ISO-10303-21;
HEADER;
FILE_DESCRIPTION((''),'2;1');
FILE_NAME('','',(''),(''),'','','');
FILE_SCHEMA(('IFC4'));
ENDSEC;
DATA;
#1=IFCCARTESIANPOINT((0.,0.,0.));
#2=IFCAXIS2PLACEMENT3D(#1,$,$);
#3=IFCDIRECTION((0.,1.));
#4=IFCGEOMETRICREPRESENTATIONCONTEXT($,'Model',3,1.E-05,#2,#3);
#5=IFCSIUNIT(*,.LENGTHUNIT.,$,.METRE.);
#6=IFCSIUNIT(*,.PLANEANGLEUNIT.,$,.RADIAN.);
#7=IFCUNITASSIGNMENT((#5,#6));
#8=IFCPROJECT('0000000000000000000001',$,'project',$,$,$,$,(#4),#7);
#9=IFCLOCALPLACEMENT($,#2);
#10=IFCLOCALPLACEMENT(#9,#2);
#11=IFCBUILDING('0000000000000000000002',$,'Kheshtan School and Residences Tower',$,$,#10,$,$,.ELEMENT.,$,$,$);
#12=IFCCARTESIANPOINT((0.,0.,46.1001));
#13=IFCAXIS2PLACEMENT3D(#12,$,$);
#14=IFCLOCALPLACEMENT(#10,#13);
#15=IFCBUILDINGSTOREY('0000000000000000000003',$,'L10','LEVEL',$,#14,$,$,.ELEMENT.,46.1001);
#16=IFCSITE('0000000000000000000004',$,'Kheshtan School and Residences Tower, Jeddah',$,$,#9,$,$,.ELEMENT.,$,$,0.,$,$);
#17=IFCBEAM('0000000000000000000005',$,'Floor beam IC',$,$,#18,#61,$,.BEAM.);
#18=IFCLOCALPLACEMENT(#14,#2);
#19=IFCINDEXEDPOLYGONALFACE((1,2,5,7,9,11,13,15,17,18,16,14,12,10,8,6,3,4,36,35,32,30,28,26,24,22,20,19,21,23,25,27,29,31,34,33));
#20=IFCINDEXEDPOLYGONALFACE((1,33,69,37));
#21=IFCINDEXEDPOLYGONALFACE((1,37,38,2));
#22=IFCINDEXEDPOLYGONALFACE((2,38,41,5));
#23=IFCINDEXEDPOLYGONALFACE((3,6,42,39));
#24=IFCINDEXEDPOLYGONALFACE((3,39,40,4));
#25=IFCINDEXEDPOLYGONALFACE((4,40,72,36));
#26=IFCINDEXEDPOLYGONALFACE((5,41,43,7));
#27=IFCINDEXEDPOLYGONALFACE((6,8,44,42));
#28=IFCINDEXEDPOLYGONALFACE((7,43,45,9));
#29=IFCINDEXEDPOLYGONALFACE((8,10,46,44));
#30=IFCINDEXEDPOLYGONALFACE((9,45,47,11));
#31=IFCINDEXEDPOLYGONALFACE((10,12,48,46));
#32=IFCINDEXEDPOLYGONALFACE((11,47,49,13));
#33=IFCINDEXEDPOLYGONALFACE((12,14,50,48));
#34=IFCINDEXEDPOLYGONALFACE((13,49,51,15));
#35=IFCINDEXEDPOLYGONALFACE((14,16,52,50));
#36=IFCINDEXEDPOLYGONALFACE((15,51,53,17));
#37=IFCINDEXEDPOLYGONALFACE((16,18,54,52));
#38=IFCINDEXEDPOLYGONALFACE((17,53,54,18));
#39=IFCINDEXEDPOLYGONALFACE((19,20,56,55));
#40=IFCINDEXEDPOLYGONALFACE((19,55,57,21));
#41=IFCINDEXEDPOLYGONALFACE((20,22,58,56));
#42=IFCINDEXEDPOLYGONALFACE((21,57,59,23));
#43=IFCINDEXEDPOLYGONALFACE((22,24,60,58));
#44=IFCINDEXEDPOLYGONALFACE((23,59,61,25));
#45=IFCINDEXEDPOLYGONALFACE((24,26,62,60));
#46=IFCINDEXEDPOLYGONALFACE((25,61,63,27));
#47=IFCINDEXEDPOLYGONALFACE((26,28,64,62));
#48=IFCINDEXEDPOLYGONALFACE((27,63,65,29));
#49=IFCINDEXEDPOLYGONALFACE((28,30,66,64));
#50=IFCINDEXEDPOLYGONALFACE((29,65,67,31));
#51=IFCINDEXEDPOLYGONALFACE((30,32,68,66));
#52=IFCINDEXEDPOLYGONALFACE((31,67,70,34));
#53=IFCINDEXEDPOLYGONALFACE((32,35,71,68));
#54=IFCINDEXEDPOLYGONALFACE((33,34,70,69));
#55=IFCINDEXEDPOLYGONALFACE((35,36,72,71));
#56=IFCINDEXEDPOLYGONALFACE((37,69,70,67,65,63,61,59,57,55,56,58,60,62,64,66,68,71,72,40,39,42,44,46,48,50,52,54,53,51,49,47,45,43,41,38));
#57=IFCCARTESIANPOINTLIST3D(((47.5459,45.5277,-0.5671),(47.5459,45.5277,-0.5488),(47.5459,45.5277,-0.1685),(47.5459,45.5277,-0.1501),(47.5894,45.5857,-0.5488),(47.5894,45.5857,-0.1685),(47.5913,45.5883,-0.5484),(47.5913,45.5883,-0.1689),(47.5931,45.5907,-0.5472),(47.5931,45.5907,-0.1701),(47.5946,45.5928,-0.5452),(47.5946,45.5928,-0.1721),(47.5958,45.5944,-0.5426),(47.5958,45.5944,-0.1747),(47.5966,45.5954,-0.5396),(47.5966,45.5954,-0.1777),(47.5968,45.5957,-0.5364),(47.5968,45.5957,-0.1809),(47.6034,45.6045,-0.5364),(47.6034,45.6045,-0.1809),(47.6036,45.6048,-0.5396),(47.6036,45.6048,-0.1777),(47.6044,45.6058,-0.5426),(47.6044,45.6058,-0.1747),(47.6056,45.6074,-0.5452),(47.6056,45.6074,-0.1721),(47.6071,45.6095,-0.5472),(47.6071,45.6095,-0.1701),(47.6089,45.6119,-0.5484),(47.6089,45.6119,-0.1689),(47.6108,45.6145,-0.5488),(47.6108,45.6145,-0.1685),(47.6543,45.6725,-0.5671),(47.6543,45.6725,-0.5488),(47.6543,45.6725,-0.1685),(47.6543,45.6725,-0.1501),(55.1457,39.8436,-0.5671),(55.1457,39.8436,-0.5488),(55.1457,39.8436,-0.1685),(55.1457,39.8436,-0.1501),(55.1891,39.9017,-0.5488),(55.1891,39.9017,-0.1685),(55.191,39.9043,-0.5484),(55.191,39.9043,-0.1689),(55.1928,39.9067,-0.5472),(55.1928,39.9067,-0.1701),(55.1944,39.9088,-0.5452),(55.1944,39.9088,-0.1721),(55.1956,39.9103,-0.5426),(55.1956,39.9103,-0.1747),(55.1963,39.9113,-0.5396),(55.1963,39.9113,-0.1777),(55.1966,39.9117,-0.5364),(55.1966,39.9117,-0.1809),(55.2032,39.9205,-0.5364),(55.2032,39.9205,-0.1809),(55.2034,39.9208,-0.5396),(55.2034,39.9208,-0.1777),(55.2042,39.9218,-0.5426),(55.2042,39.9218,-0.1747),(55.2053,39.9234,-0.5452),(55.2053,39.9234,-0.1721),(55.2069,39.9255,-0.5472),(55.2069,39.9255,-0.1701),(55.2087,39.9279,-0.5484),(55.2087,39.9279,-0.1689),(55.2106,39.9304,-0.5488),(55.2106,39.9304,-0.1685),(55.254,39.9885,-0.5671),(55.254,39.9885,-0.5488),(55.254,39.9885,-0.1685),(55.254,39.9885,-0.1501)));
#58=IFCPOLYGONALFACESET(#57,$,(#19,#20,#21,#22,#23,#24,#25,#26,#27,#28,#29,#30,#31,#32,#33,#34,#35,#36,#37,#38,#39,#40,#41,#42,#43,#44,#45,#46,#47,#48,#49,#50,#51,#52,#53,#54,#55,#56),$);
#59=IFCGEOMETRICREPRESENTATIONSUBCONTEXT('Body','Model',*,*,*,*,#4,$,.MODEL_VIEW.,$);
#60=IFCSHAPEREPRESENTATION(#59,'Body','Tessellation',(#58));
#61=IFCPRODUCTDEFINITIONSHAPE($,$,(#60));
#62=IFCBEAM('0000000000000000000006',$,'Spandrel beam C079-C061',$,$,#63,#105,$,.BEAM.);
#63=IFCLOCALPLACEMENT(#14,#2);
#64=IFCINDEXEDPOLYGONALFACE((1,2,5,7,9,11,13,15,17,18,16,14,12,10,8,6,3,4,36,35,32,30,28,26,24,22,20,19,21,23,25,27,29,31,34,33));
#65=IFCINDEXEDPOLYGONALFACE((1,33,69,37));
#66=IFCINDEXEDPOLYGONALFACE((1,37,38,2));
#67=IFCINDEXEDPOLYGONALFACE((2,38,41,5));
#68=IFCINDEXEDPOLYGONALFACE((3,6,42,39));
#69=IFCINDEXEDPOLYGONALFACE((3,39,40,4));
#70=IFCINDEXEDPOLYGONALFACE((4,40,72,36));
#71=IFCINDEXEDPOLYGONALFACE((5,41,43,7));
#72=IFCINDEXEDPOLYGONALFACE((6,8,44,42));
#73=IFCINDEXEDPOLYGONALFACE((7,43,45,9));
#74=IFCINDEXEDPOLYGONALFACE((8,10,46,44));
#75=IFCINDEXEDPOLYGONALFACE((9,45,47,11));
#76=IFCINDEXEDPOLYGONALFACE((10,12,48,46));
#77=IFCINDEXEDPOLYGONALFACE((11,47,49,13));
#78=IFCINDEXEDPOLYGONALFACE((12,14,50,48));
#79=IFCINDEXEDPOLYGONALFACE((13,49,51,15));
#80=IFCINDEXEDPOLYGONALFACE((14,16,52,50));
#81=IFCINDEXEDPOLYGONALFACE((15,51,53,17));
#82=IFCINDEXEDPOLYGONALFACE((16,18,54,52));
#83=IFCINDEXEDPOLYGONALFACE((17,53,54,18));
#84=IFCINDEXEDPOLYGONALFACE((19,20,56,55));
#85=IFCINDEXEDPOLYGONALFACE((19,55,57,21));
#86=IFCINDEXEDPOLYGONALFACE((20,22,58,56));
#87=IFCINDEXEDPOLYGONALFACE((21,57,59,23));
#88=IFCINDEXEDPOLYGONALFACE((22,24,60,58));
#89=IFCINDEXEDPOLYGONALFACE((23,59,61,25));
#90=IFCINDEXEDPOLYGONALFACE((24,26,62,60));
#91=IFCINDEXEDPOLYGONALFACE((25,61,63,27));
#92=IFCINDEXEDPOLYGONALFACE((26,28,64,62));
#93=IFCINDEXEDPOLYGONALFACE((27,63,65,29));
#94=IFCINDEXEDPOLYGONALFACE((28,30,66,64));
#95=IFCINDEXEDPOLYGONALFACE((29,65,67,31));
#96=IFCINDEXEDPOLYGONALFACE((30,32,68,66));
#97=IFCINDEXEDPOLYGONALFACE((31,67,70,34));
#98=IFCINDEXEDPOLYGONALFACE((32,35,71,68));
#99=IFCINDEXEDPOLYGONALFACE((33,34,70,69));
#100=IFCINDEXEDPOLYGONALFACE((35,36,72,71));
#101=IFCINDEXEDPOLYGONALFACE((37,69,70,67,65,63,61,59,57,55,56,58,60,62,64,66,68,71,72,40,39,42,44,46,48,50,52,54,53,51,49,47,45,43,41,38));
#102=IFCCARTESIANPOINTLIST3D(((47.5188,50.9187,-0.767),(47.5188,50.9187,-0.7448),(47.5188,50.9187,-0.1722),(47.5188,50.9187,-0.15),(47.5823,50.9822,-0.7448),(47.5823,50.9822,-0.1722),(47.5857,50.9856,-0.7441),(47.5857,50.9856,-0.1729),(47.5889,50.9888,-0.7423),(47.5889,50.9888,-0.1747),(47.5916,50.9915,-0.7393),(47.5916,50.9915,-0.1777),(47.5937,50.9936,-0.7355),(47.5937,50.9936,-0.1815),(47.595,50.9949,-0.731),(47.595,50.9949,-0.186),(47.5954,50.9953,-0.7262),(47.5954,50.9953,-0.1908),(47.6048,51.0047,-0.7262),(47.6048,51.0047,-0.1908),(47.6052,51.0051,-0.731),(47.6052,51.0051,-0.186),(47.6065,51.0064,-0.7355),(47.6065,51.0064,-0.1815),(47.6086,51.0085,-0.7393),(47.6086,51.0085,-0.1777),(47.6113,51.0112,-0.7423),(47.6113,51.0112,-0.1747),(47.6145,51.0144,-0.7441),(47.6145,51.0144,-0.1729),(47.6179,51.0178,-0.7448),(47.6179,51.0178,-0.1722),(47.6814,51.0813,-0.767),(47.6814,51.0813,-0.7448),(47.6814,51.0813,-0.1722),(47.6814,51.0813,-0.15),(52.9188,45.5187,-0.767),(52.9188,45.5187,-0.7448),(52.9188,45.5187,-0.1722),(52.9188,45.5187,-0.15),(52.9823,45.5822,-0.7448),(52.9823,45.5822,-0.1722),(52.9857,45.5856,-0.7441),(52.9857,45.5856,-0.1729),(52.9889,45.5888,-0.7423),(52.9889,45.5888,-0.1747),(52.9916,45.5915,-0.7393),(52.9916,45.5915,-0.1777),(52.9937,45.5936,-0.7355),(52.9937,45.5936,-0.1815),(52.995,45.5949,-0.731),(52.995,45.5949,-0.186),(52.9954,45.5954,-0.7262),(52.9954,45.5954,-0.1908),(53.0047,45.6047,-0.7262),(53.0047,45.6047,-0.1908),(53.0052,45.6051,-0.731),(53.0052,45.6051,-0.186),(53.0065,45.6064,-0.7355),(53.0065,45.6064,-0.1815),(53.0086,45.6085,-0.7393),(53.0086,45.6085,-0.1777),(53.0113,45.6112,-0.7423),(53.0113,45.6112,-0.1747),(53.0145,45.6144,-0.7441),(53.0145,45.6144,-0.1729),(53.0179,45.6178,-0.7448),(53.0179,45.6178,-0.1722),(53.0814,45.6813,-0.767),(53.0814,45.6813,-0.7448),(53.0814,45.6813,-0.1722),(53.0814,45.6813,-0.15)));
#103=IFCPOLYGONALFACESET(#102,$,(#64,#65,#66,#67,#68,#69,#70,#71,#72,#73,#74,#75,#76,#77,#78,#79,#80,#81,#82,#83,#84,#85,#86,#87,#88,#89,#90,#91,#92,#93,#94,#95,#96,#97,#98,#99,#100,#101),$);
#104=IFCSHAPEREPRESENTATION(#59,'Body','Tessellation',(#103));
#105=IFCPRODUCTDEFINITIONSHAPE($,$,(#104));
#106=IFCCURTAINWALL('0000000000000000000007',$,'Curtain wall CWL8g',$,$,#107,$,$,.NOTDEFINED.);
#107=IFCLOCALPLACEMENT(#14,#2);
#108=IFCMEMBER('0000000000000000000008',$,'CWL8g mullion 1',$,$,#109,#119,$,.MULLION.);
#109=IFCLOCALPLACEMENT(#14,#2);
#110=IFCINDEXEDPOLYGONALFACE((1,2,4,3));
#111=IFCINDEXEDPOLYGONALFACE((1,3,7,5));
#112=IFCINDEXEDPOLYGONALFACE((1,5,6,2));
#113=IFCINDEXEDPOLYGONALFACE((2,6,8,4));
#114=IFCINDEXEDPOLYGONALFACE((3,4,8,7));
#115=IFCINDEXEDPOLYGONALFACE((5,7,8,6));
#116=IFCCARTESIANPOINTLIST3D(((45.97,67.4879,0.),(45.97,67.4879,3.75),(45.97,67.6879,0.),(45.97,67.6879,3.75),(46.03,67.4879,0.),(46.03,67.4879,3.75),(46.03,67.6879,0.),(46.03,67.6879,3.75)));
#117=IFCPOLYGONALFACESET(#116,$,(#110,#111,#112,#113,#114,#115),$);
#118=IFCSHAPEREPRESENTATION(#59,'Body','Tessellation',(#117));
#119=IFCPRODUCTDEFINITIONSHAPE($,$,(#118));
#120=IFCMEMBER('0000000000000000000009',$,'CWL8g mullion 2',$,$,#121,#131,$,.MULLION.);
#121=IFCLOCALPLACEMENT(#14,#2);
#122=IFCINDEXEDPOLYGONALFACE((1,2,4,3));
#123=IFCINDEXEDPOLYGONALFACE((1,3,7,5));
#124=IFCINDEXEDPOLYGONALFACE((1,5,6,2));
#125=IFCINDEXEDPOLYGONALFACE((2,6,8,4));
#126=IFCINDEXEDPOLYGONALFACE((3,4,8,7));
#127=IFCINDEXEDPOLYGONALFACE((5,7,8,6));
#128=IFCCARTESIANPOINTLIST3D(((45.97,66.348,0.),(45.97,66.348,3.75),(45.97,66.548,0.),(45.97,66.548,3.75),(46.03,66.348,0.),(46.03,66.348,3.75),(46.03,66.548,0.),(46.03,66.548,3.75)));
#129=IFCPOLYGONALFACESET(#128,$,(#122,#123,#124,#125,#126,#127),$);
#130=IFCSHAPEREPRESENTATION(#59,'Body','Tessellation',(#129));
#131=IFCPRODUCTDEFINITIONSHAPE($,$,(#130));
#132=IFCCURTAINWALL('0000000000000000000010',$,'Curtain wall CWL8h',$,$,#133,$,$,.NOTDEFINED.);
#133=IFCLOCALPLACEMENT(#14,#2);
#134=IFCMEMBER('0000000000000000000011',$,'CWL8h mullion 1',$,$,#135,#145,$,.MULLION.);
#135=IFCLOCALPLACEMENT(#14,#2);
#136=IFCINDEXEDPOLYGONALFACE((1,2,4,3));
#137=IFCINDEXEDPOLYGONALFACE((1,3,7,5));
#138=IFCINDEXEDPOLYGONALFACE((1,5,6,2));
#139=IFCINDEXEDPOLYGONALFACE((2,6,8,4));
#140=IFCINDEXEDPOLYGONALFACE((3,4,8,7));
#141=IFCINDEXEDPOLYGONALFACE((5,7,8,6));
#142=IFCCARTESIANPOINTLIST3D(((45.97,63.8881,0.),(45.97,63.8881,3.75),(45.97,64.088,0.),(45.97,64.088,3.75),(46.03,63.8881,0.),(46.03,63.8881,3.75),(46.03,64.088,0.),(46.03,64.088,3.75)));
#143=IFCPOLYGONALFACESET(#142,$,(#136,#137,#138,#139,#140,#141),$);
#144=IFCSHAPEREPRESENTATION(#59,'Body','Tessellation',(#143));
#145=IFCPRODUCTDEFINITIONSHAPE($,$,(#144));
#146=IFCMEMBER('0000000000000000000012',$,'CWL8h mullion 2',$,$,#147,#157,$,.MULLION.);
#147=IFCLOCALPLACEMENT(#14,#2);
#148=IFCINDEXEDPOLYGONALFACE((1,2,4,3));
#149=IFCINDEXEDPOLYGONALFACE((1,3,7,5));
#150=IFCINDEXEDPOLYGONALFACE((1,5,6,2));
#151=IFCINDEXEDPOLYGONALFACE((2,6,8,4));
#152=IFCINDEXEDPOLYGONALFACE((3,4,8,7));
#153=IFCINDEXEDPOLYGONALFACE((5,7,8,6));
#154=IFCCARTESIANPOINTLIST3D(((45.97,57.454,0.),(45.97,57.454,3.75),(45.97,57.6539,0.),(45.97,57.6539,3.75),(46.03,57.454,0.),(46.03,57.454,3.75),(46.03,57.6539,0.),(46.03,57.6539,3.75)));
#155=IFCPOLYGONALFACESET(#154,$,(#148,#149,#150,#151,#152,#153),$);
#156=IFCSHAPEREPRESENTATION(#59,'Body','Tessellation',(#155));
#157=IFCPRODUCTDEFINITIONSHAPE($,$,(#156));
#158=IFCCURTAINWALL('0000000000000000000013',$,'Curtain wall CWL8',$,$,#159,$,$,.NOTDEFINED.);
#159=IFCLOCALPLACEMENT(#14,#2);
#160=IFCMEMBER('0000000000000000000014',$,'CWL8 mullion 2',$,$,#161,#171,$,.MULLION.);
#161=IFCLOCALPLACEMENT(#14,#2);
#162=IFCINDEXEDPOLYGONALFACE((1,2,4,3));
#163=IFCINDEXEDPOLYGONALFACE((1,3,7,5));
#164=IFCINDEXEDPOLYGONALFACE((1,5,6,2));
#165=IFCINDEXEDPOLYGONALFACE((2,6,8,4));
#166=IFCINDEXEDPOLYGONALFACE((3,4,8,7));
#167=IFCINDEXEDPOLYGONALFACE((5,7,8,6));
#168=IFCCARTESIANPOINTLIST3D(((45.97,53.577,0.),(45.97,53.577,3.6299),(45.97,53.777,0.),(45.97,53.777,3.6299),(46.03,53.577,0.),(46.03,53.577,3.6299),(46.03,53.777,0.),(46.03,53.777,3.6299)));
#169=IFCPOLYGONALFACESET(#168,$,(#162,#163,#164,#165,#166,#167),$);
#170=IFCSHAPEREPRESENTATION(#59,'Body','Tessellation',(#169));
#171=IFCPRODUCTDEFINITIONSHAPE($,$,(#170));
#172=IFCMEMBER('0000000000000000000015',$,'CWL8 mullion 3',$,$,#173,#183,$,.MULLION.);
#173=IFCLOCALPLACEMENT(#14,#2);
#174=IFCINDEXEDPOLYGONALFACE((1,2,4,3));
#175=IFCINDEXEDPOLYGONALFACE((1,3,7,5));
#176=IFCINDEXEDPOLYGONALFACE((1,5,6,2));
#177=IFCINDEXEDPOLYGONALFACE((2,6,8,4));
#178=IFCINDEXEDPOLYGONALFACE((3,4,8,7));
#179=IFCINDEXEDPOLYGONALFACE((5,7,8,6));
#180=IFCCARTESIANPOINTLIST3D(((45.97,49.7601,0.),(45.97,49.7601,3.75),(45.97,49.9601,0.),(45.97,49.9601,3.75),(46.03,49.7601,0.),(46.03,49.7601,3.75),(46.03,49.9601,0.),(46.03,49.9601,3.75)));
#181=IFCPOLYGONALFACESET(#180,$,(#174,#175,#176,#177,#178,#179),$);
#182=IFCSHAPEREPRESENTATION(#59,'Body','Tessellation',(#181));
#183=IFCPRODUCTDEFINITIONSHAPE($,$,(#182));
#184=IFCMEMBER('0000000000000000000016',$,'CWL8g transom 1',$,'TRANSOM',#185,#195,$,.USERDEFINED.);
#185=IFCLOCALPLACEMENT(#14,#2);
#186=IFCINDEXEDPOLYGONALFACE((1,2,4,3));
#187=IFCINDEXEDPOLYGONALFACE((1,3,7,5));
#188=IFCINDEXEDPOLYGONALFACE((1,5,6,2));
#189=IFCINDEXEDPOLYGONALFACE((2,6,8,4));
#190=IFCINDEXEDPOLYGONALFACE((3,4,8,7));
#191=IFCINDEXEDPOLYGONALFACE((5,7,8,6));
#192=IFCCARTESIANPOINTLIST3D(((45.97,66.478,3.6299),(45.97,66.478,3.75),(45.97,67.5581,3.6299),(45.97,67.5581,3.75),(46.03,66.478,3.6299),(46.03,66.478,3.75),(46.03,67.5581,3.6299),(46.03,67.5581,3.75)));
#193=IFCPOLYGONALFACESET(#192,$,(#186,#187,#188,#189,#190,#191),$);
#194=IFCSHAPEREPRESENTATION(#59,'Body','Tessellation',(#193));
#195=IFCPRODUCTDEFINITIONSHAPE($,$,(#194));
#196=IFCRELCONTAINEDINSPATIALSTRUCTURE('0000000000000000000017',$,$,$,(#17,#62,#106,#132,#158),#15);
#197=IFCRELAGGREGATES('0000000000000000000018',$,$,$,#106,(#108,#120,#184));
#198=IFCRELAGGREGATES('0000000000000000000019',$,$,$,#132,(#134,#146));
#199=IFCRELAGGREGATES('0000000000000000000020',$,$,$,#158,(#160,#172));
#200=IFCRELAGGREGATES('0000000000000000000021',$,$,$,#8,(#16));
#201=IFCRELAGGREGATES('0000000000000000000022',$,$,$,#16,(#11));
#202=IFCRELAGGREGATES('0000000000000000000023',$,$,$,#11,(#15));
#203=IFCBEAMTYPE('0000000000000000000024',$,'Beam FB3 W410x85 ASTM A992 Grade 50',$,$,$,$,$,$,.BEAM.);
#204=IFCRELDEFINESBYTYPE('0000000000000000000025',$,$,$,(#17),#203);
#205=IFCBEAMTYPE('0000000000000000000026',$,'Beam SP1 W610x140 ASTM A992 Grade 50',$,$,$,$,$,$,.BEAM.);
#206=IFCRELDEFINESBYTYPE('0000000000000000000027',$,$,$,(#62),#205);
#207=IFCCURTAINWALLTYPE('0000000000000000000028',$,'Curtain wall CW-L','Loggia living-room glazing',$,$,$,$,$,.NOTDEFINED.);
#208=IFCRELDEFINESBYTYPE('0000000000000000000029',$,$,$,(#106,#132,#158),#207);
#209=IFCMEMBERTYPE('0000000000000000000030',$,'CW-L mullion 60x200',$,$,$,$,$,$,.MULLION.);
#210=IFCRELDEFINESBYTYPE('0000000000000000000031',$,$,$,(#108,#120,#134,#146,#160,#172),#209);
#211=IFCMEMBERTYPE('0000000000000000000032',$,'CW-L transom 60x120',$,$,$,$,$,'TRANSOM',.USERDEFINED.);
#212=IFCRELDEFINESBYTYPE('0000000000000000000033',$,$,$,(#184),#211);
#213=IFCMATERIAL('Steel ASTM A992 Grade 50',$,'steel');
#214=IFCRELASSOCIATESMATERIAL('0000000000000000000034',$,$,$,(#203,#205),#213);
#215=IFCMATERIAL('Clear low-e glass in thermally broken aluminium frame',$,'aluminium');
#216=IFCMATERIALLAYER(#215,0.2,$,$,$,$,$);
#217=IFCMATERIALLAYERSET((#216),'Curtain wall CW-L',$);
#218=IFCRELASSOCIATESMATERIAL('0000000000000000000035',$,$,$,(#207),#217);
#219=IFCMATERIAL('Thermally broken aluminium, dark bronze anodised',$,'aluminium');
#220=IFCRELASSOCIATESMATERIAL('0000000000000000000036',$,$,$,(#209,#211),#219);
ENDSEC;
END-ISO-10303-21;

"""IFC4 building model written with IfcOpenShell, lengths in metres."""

from ifc_helpers import new_model, si_unit, direction, frame, origin, origin_2d, place, context, subcontext, project, spatial, rectangle, i_section, extrude, material, layer, layer_set, material_profile, profile_set, type_object, element, aggregate, save


model = new_model("IFC4")

# Units and contexts
model_context = context("Model", 3, precision=1e-05, world=origin(), true_north=direction((0.0, 1.0)))
body_context = subcontext(model_context, "Body", "Model", "MODEL_VIEW")
ifc_project = project(units=[si_unit("LENGTHUNIT", "METRE"), si_unit("PLANEANGLEUNIT", "RADIAN")], contexts=[model_context])

# Site, building, storey
site_placement = place(None, origin())
site = spatial("IfcSite", under=ifc_project, at=site_placement, Name="Kheshtan School and Residences Tower, Jeddah", CompositionType="ELEMENT", RefElevation=0.0)
building_placement = place(site_placement, origin())
building = spatial("IfcBuilding", under=site, at=building_placement, Name="Kheshtan School and Residences Tower", CompositionType="ELEMENT")
storey_placement = place(building_placement, frame((0.0, 0.0, 46.1001)))
storey = spatial("IfcBuildingStorey", under=building, at=storey_placement, Name="L10", Description="LEVEL", CompositionType="ELEMENT", Elevation=46.1001)

# Shared definitions
ifc_material_1 = material(Name="Steel ASTM A992 Grade 50", Category="steel")

# Beams
ifc_material_profile_1 = material_profile(ifc_material_1, i_section(OverallWidth=0.1809, OverallDepth=0.417, WebThickness=0.011, FlangeThickness=0.0183, FilletRadius=0.0125, at=origin_2d()), Name="W410x85")
ifc_profile_set_1 = profile_set([ifc_material_profile_1], Name="Steel ASTM A992 Grade 50")
beam_type_1 = type_object("IfcBeamType", Name="Beam FB3 W410x85 ASTM A992 Grade 50", PredefinedType="BEAM", material=ifc_profile_set_1)
beam_1_placement = place(storey_placement, frame((47.6001, 45.6001, -0.3586), z_axis=(0.800799, -0.598933, 0.0), x_axis=(0.598933, 0.800799, 0.0)))
element("IfcBeam", 1, at=beam_1_placement, inside=storey, type_object=beam_type_1, Name="Floor beam IC", PredefinedType="BEAM", context=body_context, shape_type="SweptSolid", body=[
    extrude(i_section(OverallWidth=0.1809, OverallDepth=0.417, WebThickness=0.011, FlangeThickness=0.0183, FilletRadius=0.0125, at=origin_2d()), origin(), (0.0, 0.0, 1.0), 9.4902),
])
ifc_material_profile_2 = material_profile(ifc_material_1, i_section(OverallWidth=0.23, OverallDepth=0.6169, WebThickness=0.0132, FlangeThickness=0.0222, FilletRadius=0.0186, at=origin_2d()), Name="W610x140")
ifc_profile_set_2 = profile_set([ifc_material_profile_2], Name="Steel ASTM A992 Grade 50")
beam_type_2 = type_object("IfcBeamType", Name="Beam SP1 W610x140 ASTM A992 Grade 50", PredefinedType="BEAM", material=ifc_profile_set_2)
beam_2_placement = place(storey_placement, frame((47.6001, 51.0, -0.4585), z_axis=(0.707107, -0.707107, 0.0), x_axis=(0.707107, 0.707107, 0.0)))
element("IfcBeam", 2, at=beam_2_placement, inside=storey, type_object=beam_type_2, Name="Spandrel beam C079-C061", PredefinedType="BEAM", context=body_context, shape_type="SweptSolid", body=[
    extrude(i_section(OverallWidth=0.23, OverallDepth=0.6169, WebThickness=0.0132, FlangeThickness=0.0222, FilletRadius=0.0186, at=origin_2d()), origin(), (0.0, 0.0, 1.0), 7.6367),
])

# Curtain walls, members
ifc_material_2 = material(Name="Clear low-e glass in thermally broken aluminium frame", Category="aluminium")
ifc_layer_1 = layer(ifc_material_2, 0.2)
ifc_layer_set_1 = layer_set([ifc_layer_1], Name="Curtain wall CW-L")
curtain_wall_type = type_object("IfcCurtainWallType", Name="Curtain wall CW-L", Description="Loggia living-room glazing", PredefinedType="NOTDEFINED", material=ifc_layer_set_1)
curtain_wall_1_placement = place(storey_placement, origin())
curtain_wall_1 = element("IfcCurtainWall", 3, at=curtain_wall_1_placement, inside=storey, type_object=curtain_wall_type, Name="Curtain wall CWL8g", PredefinedType="NOTDEFINED")
ifc_material_3 = material(Name="Thermally broken aluminium, dark bronze anodised", Category="aluminium")
ifc_material_profile_3 = material_profile(ifc_material_3, rectangle(XDim=0.0601, YDim=0.2, at=origin_2d()), Name="CW-L mullion 60x200")
ifc_profile_set_3 = profile_set([ifc_material_profile_3], Name="Thermally broken aluminium, dark bronze anodised")
member_type_1 = type_object("IfcMemberType", Name="CW-L mullion 60x200", PredefinedType="MULLION", material=ifc_profile_set_3)
member_1_placement = place(storey_placement, frame((46.0, 67.5879, 0.0), z_axis=(0.0, 0.0, 1.0), x_axis=(1.0, 0.0, 0.0)))
member_1 = element("IfcMember", 4, at=member_1_placement, type_object=member_type_1, Name="CWL8g mullion 1", PredefinedType="MULLION", context=body_context, shape_type="SweptSolid", body=[
    extrude(rectangle(XDim=0.0601, YDim=0.2, at=origin_2d()), origin(), (0.0, 0.0, 1.0), 3.75),
])
member_2_placement = place(storey_placement, frame((46.0, 66.448, 0.0), z_axis=(0.0, 0.0, 1.0), x_axis=(1.0, 0.0, 0.0)))
member_2 = element("IfcMember", 5, at=member_2_placement, type_object=member_type_1, Name="CWL8g mullion 2", PredefinedType="MULLION", context=body_context, shape_type="SweptSolid", body=[
    extrude(rectangle(XDim=0.0601, YDim=0.2, at=origin_2d()), origin(), (0.0, 0.0, 1.0), 3.75),
])
curtain_wall_2_placement = place(storey_placement, origin())
curtain_wall_2 = element("IfcCurtainWall", 6, at=curtain_wall_2_placement, inside=storey, type_object=curtain_wall_type, Name="Curtain wall CWL8h", PredefinedType="NOTDEFINED")
member_3_placement = place(storey_placement, frame((46.0, 63.988, 0.0), z_axis=(0.0, 0.0, 1.0), x_axis=(1.0, 0.0, 0.0)))
member_3 = element("IfcMember", 7, at=member_3_placement, type_object=member_type_1, Name="CWL8h mullion 1", PredefinedType="MULLION", context=body_context, shape_type="SweptSolid", body=[
    extrude(rectangle(XDim=0.0601, YDim=0.2, at=origin_2d()), origin(), (0.0, 0.0, 1.0), 3.75),
])
member_4_placement = place(storey_placement, frame((46.0, 57.554, 0.0), z_axis=(0.0, 0.0, 1.0), x_axis=(1.0, 0.0, 0.0)))
member_4 = element("IfcMember", 8, at=member_4_placement, type_object=member_type_1, Name="CWL8h mullion 2", PredefinedType="MULLION", context=body_context, shape_type="SweptSolid", body=[
    extrude(rectangle(XDim=0.0601, YDim=0.2, at=origin_2d()), origin(), (0.0, 0.0, 1.0), 3.75),
])
curtain_wall_3_placement = place(storey_placement, origin())
curtain_wall_3 = element("IfcCurtainWall", 9, at=curtain_wall_3_placement, inside=storey, type_object=curtain_wall_type, Name="Curtain wall CWL8", PredefinedType="NOTDEFINED")
member_5_placement = place(storey_placement, frame((46.0, 53.677, 0.0), z_axis=(0.0, 0.0, 1.0), x_axis=(1.0, 0.0, 0.0)))
member_5 = element("IfcMember", 10, at=member_5_placement, type_object=member_type_1, Name="CWL8 mullion 2", PredefinedType="MULLION", context=body_context, shape_type="SweptSolid", body=[
    extrude(rectangle(XDim=0.0601, YDim=0.2, at=origin_2d()), origin(), (0.0, 0.0, 1.0), 3.6299),
])
member_6_placement = place(storey_placement, frame((46.0, 49.8601, 0.0), z_axis=(0.0, 0.0, 1.0), x_axis=(1.0, 0.0, 0.0)))
member_6 = element("IfcMember", 11, at=member_6_placement, type_object=member_type_1, Name="CWL8 mullion 3", PredefinedType="MULLION", context=body_context, shape_type="SweptSolid", body=[
    extrude(rectangle(XDim=0.0601, YDim=0.2, at=origin_2d()), origin(), (0.0, 0.0, 1.0), 3.75),
])

# Member
ifc_material_profile_4 = material_profile(ifc_material_3, rectangle(XDim=0.0601, YDim=0.1201, at=origin_2d()), Name="CW-L transom 60x120")
ifc_profile_set_4 = profile_set([ifc_material_profile_4], Name="Thermally broken aluminium, dark bronze anodised")
member_type_2 = type_object("IfcMemberType", Name="CW-L transom 60x120", ElementType="TRANSOM", PredefinedType="USERDEFINED", material=ifc_profile_set_4)
member_7_placement = place(storey_placement, frame((46.0, 67.5581, 3.6899), z_axis=(0.0, -1.0, 0.0), x_axis=(1.0, 0.0, 0.0)))
member_7 = element("IfcMember", 12, at=member_7_placement, type_object=member_type_2, Name="CWL8g transom 1", ObjectType="TRANSOM", PredefinedType="USERDEFINED", context=body_context, shape_type="SweptSolid", body=[
    extrude(rectangle(XDim=0.0601, YDim=0.1201, at=origin_2d()), origin(), (0.0, 0.0, 1.0), 1.0801),
])

aggregate(curtain_wall_1, [member_1, member_2, member_7])
aggregate(curtain_wall_2, [member_3, member_4])
aggregate(curtain_wall_3, [member_5, member_6])

save(model, "model.ifc")
